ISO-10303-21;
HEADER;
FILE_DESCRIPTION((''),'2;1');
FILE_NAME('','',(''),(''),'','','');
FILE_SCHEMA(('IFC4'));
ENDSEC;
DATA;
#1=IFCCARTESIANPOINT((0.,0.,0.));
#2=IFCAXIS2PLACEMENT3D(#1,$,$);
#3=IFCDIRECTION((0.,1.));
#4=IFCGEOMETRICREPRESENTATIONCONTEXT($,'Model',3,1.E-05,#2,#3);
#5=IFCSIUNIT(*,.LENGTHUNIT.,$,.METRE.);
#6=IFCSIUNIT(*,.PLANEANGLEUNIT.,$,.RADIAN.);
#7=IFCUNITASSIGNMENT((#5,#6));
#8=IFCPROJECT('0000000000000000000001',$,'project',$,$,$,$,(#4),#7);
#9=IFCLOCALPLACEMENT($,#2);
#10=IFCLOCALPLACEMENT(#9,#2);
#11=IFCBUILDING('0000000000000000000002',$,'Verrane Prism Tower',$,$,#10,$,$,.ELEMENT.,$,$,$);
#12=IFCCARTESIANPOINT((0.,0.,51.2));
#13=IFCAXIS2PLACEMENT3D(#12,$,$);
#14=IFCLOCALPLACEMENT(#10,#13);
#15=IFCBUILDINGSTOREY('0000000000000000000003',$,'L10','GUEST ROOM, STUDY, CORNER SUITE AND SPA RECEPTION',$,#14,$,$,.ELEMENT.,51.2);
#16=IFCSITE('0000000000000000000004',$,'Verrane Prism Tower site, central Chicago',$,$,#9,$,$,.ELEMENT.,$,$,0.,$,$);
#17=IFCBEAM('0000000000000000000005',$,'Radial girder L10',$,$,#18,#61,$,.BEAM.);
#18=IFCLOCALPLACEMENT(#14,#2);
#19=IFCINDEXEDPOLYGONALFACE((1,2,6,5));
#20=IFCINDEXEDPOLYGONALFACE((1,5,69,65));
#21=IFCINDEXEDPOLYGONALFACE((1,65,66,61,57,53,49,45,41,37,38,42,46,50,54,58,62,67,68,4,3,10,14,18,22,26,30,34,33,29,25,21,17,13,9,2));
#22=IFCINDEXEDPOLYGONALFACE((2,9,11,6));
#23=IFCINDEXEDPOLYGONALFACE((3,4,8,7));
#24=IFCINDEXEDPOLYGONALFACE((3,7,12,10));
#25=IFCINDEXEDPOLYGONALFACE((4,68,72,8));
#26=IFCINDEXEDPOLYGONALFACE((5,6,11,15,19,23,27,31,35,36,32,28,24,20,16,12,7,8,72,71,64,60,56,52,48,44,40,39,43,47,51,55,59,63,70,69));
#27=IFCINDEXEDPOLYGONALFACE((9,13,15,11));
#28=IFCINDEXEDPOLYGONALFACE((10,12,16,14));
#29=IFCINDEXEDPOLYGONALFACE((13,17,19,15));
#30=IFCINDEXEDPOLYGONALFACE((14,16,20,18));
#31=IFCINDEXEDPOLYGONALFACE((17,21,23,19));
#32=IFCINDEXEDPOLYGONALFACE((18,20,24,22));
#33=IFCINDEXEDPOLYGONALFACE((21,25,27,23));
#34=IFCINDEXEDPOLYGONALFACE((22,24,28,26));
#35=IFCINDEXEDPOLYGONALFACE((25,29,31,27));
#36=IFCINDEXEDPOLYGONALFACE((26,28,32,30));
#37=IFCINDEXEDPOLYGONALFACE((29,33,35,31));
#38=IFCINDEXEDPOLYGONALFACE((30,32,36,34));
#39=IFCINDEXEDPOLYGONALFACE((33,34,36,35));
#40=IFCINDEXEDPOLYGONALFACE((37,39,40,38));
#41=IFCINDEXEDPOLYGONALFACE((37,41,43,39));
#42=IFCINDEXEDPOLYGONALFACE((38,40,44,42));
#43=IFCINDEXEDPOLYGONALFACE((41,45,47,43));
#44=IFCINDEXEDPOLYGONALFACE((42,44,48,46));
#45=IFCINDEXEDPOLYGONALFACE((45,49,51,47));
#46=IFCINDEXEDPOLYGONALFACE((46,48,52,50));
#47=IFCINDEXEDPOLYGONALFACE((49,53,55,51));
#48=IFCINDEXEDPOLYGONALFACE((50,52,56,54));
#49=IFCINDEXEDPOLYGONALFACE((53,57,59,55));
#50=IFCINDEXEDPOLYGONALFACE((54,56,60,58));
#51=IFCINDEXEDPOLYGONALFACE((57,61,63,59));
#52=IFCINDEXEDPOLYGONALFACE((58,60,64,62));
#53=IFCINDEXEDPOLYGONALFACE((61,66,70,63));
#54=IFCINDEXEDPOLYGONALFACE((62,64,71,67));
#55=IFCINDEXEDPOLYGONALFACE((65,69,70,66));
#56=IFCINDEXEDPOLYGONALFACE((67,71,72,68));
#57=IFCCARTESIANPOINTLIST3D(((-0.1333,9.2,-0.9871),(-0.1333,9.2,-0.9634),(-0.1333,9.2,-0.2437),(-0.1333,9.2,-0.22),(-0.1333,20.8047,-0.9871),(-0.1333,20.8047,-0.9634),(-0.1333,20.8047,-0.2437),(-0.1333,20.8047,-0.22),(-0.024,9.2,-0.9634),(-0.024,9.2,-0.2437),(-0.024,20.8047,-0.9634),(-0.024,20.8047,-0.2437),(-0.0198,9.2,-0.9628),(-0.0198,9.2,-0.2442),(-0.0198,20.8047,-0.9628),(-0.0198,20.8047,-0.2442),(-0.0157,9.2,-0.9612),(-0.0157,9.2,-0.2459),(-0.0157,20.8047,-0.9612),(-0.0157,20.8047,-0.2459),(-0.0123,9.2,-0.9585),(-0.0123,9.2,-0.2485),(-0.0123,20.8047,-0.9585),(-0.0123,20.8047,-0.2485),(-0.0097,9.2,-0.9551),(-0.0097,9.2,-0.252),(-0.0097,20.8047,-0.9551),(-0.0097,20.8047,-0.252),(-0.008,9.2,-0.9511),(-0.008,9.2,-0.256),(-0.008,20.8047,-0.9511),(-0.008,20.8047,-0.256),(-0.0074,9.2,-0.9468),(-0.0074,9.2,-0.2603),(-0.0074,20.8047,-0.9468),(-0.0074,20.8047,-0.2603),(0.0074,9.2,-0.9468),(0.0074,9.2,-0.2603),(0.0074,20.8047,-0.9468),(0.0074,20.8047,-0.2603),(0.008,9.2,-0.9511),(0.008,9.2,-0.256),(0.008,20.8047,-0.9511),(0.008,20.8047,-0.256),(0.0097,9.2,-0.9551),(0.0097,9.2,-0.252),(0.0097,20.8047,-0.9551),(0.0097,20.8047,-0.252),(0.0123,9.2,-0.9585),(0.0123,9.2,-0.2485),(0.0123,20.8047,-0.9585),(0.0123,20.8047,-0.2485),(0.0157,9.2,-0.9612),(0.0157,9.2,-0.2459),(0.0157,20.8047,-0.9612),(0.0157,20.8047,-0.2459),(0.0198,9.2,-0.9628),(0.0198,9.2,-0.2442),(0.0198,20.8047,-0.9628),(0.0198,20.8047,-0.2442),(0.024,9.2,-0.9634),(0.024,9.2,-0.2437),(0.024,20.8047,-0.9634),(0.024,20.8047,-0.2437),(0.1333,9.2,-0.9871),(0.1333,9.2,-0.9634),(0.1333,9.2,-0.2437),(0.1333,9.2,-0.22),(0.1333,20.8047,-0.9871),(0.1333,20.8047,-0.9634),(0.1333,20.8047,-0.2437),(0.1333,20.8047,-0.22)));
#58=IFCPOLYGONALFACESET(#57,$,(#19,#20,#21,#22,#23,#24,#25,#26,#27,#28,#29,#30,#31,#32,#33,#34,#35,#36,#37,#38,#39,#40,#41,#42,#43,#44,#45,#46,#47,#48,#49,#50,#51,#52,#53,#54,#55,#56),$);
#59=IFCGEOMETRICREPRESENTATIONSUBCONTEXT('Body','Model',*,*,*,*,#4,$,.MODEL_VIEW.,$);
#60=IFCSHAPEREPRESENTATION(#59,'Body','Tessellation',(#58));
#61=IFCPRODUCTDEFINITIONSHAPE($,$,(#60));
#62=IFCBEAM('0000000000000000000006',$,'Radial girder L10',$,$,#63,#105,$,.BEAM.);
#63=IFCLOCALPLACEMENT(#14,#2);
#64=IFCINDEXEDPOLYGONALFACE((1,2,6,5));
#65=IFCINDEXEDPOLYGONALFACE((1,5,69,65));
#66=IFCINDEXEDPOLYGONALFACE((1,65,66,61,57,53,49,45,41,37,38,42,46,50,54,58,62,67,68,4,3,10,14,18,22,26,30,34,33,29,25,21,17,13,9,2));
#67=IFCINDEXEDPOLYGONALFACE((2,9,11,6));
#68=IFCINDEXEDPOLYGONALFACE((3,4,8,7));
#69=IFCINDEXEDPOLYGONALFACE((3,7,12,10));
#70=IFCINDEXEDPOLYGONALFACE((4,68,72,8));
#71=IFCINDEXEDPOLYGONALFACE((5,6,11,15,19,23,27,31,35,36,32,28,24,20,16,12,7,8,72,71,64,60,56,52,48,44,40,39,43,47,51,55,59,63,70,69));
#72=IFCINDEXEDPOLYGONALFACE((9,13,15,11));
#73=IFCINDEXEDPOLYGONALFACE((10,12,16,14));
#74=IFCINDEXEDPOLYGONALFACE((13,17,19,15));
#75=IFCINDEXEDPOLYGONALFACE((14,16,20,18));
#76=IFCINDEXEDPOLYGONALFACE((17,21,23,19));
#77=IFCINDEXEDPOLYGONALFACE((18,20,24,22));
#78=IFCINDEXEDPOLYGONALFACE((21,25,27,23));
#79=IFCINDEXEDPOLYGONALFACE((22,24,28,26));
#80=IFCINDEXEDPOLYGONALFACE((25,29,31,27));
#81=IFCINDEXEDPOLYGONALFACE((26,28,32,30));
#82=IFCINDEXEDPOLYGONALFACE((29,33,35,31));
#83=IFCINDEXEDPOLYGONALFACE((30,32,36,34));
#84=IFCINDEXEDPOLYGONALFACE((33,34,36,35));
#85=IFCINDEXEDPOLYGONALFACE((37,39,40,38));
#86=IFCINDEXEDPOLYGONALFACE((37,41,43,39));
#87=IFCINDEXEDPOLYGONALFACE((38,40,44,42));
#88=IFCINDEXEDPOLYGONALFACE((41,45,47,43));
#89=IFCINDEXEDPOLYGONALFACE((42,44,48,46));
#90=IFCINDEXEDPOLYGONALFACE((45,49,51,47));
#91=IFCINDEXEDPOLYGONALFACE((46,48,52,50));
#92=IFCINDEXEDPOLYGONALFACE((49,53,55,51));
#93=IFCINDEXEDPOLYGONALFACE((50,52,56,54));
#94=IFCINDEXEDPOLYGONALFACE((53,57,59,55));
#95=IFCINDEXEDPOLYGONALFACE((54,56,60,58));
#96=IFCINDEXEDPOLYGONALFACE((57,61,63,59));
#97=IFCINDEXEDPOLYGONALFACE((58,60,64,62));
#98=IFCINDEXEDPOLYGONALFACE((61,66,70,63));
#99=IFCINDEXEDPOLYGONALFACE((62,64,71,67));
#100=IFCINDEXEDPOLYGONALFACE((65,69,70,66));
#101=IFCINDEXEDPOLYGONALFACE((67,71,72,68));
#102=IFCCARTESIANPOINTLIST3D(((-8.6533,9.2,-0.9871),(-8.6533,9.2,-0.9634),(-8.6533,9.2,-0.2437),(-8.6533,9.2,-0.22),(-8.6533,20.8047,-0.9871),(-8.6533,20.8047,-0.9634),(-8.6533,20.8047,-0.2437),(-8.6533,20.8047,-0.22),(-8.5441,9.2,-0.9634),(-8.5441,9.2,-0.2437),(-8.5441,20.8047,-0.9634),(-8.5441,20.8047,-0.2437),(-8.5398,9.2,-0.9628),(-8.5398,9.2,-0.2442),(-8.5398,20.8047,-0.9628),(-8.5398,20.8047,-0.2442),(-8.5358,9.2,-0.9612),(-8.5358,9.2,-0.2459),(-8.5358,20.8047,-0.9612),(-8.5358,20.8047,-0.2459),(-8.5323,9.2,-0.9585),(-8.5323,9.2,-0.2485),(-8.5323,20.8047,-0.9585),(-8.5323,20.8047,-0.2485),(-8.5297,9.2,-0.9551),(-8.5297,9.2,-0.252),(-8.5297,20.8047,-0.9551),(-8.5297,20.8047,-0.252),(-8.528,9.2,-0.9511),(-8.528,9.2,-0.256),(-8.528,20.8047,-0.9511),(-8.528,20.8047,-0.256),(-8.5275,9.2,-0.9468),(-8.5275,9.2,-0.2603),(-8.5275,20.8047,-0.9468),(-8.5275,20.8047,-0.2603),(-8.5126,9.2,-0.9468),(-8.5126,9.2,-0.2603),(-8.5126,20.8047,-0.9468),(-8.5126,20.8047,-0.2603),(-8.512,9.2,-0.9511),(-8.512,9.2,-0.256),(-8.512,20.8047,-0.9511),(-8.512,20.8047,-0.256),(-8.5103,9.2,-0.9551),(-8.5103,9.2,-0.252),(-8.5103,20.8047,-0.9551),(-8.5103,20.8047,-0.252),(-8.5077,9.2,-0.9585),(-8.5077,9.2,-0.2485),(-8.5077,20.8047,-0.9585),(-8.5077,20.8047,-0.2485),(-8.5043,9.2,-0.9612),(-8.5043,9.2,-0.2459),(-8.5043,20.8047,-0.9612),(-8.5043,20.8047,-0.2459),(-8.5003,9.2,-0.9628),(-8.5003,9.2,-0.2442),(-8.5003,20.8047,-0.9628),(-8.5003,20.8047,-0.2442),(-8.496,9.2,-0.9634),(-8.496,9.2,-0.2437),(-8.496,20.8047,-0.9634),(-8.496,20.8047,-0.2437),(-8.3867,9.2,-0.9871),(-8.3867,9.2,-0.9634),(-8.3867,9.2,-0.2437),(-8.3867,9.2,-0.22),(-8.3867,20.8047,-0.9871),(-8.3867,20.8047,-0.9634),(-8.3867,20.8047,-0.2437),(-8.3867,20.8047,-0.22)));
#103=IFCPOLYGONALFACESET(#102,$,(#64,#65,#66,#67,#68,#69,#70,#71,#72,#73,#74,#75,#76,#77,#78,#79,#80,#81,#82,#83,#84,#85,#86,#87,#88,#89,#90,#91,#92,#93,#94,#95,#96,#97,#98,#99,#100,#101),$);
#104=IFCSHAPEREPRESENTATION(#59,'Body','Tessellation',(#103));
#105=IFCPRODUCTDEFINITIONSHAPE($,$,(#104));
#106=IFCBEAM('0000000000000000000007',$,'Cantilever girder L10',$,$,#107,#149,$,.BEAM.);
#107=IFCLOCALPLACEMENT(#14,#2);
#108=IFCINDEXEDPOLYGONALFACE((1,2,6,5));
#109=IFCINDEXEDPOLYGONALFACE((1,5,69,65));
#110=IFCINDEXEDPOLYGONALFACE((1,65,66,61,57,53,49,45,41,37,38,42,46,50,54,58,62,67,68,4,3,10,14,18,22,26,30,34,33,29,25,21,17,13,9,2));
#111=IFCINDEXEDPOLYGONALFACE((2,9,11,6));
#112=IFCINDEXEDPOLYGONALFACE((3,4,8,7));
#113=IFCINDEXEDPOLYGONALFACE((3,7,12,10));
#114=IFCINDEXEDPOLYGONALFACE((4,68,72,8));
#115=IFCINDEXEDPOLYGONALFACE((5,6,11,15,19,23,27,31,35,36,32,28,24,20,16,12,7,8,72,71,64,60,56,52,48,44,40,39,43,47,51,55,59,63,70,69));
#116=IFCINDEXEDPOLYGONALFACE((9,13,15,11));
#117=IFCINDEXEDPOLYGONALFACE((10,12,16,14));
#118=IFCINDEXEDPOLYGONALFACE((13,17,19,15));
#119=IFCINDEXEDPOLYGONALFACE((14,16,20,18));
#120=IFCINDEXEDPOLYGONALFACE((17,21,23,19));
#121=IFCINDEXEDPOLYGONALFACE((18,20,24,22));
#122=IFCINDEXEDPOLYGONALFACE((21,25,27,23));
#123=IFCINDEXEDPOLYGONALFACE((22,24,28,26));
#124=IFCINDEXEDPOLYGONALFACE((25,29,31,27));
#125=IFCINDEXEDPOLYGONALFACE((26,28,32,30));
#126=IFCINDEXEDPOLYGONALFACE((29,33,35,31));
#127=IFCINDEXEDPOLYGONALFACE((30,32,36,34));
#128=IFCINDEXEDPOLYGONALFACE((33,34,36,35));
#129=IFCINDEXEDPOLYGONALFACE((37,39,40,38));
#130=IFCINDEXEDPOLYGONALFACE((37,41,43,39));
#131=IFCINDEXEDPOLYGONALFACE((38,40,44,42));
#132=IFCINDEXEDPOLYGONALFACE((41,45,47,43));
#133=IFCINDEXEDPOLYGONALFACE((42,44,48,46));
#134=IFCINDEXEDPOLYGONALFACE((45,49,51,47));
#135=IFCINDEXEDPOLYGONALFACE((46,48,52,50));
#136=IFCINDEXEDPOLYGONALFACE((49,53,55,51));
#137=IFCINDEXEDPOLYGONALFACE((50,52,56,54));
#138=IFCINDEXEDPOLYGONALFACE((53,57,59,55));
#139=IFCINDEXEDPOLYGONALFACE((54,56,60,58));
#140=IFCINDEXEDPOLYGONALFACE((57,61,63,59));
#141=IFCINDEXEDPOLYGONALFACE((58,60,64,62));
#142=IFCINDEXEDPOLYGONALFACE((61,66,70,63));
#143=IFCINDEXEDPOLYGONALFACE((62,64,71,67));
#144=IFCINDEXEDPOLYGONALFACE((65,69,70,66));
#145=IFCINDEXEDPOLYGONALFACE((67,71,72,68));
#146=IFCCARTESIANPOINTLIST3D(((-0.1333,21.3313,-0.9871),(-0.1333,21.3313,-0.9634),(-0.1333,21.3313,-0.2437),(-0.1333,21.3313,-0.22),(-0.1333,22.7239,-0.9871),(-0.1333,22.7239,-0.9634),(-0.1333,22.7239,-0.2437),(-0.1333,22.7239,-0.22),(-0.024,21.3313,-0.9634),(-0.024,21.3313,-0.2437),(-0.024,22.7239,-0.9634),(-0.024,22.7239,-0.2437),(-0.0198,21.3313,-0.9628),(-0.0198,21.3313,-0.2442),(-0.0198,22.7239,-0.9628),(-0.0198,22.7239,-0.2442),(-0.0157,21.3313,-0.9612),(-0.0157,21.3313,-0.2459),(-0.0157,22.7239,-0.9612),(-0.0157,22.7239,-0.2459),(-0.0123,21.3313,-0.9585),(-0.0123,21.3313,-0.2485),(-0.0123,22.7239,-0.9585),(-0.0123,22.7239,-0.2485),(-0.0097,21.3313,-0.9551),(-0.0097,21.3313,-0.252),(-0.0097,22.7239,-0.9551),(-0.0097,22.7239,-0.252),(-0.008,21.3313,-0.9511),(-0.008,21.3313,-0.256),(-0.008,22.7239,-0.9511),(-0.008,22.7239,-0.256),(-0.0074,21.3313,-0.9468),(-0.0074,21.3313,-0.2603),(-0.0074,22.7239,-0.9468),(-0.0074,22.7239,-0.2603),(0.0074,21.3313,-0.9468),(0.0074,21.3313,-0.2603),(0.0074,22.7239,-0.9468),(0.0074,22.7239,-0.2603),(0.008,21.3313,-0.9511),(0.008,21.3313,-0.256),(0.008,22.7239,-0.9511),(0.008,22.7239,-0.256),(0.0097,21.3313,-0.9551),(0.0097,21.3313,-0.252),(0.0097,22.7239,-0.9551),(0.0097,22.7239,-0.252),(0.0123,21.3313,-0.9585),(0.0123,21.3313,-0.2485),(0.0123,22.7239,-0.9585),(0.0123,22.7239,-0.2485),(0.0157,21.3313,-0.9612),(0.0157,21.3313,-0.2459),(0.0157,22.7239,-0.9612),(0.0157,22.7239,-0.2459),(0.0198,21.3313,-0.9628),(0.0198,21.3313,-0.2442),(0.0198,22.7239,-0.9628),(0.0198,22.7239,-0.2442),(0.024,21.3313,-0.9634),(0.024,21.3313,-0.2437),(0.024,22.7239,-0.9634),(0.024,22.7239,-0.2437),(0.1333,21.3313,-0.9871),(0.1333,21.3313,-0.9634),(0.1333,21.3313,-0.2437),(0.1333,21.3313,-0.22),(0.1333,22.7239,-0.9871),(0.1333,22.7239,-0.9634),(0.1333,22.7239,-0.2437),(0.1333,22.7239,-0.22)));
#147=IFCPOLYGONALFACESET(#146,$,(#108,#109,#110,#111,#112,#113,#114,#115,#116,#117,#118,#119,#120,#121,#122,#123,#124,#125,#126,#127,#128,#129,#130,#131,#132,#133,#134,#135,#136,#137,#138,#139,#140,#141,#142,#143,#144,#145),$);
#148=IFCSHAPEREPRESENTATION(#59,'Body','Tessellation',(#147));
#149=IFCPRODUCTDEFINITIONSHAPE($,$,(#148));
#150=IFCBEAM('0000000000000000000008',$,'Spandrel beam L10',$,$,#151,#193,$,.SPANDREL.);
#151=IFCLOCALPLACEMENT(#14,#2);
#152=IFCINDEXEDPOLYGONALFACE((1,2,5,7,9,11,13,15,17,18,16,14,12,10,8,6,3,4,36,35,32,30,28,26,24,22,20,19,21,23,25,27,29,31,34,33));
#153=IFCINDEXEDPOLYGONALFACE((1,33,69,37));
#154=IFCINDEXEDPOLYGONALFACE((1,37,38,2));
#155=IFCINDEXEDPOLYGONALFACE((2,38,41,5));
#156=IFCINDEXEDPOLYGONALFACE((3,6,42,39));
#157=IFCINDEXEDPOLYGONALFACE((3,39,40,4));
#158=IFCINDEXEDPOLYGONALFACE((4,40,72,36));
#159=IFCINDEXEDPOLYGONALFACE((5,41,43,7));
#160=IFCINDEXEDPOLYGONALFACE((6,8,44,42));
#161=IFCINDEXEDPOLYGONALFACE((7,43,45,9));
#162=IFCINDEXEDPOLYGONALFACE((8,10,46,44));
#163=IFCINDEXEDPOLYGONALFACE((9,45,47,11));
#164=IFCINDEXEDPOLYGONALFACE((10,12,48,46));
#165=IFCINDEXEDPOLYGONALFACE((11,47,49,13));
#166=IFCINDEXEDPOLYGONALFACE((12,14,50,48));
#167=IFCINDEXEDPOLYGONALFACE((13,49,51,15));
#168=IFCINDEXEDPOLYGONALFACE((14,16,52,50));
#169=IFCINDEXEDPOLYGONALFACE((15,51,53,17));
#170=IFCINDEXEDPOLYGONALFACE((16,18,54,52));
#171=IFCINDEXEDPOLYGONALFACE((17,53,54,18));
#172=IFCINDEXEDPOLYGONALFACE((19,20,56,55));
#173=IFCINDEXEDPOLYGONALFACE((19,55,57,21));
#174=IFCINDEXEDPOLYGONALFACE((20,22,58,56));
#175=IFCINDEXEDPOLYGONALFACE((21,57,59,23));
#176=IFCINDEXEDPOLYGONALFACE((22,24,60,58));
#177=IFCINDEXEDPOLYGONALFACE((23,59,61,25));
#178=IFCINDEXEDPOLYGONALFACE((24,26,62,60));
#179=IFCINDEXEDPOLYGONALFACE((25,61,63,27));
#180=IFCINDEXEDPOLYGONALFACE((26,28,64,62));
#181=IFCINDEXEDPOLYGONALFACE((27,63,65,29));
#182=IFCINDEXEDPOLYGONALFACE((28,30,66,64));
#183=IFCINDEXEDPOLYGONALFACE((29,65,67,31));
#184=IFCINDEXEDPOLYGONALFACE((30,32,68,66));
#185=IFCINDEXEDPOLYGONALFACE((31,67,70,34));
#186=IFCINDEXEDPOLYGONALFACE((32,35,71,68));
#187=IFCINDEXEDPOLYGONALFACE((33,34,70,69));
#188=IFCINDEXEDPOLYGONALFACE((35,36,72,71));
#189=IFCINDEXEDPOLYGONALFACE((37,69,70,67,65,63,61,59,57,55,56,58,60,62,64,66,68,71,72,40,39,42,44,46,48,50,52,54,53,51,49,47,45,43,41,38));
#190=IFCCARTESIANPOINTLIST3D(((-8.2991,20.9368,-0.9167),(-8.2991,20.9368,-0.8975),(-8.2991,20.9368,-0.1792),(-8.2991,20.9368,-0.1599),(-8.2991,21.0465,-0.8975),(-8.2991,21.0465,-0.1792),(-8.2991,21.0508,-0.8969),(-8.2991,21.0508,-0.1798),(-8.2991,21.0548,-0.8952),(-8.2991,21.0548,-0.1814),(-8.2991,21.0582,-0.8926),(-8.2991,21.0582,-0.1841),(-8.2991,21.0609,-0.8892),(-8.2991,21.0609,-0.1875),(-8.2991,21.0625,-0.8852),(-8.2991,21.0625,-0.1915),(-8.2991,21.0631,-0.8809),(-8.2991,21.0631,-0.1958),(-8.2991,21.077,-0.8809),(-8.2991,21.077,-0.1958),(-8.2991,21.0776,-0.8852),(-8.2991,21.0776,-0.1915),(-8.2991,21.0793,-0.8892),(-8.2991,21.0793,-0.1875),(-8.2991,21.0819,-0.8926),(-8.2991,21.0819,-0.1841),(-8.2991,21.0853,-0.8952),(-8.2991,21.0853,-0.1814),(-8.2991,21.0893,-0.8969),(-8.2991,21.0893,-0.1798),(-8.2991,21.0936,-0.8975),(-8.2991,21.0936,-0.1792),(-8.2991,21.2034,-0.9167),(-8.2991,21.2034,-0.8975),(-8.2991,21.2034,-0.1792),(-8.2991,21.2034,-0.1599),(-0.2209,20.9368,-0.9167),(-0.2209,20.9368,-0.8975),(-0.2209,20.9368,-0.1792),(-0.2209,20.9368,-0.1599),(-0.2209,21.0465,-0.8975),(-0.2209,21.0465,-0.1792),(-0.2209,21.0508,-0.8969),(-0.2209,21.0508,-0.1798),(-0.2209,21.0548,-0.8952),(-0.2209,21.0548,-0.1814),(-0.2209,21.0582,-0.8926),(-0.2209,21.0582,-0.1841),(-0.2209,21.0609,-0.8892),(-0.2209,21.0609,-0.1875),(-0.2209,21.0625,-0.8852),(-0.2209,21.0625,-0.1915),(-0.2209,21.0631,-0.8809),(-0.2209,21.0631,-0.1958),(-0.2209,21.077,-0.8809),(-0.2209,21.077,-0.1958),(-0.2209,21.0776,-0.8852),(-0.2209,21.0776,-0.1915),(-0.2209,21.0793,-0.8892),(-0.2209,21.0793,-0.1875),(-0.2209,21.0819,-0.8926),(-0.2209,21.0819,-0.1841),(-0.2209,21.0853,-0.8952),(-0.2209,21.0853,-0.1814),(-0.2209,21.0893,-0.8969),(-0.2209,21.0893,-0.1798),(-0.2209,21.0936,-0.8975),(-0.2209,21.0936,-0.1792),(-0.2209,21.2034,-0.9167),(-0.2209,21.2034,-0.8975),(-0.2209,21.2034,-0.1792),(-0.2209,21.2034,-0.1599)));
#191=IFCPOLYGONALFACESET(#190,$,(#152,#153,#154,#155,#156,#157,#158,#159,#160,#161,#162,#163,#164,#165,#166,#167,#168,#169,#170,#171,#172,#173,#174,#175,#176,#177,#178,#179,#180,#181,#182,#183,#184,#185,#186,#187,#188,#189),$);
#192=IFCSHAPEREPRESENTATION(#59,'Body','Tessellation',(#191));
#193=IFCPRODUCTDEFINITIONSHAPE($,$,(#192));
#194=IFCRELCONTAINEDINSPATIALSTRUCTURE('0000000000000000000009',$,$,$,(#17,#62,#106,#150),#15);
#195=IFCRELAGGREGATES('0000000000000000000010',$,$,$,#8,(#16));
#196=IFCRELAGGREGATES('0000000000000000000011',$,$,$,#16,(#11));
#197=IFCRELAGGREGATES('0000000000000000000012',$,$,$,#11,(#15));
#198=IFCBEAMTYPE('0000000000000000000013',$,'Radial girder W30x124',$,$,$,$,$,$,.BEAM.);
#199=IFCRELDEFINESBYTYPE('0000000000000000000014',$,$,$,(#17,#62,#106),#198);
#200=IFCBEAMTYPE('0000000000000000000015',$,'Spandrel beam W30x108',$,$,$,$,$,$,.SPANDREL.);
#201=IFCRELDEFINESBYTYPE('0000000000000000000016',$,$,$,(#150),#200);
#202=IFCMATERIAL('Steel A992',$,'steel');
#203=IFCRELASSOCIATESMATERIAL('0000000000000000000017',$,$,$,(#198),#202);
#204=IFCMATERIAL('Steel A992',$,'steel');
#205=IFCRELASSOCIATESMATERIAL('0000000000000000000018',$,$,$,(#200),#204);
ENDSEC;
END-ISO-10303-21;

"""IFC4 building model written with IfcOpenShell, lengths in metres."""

from ifc_helpers import new_model, si_unit, direction, frame, origin, origin_2d, place, context, subcontext, project, spatial, i_section, extrude, material, material_profile, profile_set, type_object, element, save


model = new_model("IFC4")

# Units and contexts
model_context = context("Model", 3, precision=1e-05, world=origin(), true_north=direction((0.0, 1.0)))
body_context = subcontext(model_context, "Body", "Model", "MODEL_VIEW")
ifc_project = project(units=[si_unit("LENGTHUNIT", "METRE"), si_unit("PLANEANGLEUNIT", "RADIAN")], contexts=[model_context])

# Site, building, storey
site_placement = place(None, origin())
site = spatial("IfcSite", under=ifc_project, at=site_placement, Name="Verrane Prism Tower site, central Chicago", CompositionType="ELEMENT", RefElevation=0.0)
building_placement = place(site_placement, origin())
building = spatial("IfcBuilding", under=site, at=building_placement, Name="Verrane Prism Tower", CompositionType="ELEMENT")
storey_placement = place(building_placement, frame((0.0, 0.0, 51.2)))
storey = spatial("IfcBuildingStorey", under=building, at=storey_placement, Name="L10", Description="GUEST ROOM, STUDY, CORNER SUITE AND SPA RECEPTION", CompositionType="ELEMENT", Elevation=51.2)

# Beams
ifc_material_1 = material(Name="Steel A992", Category="steel")
ifc_material_profile_1 = material_profile(ifc_material_1, i_section(OverallWidth=0.2666, OverallDepth=0.7671, WebThickness=0.0149, FlangeThickness=0.0237, FilletRadius=0.0166, at=origin_2d()), Name="W30x124")
ifc_profile_set_1 = profile_set([ifc_material_profile_1], Name="Steel A992")
beam_type_1 = type_object("IfcBeamType", Name="Radial girder W30x124", PredefinedType="BEAM", material=ifc_profile_set_1)
for number, where, z_axis, x_axis, name in (
    (1, (0.0, 20.8047, -0.6035), (0.0, -1.0, 0.0), (1.0, 0.0, 0.0), "Radial girder L10"),
    (2, (-8.52, 20.8047, -0.6035), (0.0, -1.0, 0.0), (1.0, 0.0, 0.0), "Radial girder L10"),
):
    element("IfcBeam", number, at=place(storey_placement, frame(where, z_axis=z_axis, x_axis=x_axis)), inside=storey, type_object=beam_type_1, Name=name, PredefinedType="BEAM", context=body_context, shape_type="SweptSolid", body=[
        extrude(i_section(OverallWidth=0.2666, OverallDepth=0.7671, WebThickness=0.0149, FlangeThickness=0.0237, FilletRadius=0.0166, at=origin_2d()), origin(), (0.0, 0.0, 1.0), 11.6047),
    ])
beam_1_placement = place(storey_placement, frame((0.0, 21.3313, -0.6035), z_axis=(0.0, 1.0, 0.0), x_axis=(-1.0, 0.0, 0.0)))
element("IfcBeam", 3, at=beam_1_placement, inside=storey, type_object=beam_type_1, Name="Cantilever girder L10", PredefinedType="BEAM", context=body_context, shape_type="SweptSolid", body=[
    extrude(i_section(OverallWidth=0.2666, OverallDepth=0.7671, WebThickness=0.0149, FlangeThickness=0.0237, FilletRadius=0.0166, at=origin_2d()), origin(), (0.0, 0.0, 1.0), 1.3926),
])
ifc_material_2 = material(Name="Steel A992", Category="steel")
ifc_material_profile_2 = material_profile(ifc_material_2, i_section(OverallWidth=0.2666, OverallDepth=0.7568, WebThickness=0.0139, FlangeThickness=0.0193, FilletRadius=0.0166, at=origin_2d()), Name="W30x108")
ifc_profile_set_2 = profile_set([ifc_material_profile_2], Name="Steel A992")
beam_type_2 = type_object("IfcBeamType", Name="Spandrel beam W30x108", PredefinedType="SPANDREL", material=ifc_profile_set_2)
beam_2_placement = place(storey_placement, frame((-0.2209, 21.0701, -0.5383), z_axis=(-1.0, 0.0, 0.0), x_axis=(0.0, -1.0, 0.0)))
element("IfcBeam", 4, at=beam_2_placement, inside=storey, type_object=beam_type_2, Name="Spandrel beam L10", PredefinedType="SPANDREL", context=body_context, shape_type="SweptSolid", body=[
    extrude(i_section(OverallWidth=0.2666, OverallDepth=0.7568, WebThickness=0.0139, FlangeThickness=0.0193, FilletRadius=0.0166, at=origin_2d()), origin(), (0.0, 0.0, 1.0), 8.0781),
])

save(model, "model.ifc")
